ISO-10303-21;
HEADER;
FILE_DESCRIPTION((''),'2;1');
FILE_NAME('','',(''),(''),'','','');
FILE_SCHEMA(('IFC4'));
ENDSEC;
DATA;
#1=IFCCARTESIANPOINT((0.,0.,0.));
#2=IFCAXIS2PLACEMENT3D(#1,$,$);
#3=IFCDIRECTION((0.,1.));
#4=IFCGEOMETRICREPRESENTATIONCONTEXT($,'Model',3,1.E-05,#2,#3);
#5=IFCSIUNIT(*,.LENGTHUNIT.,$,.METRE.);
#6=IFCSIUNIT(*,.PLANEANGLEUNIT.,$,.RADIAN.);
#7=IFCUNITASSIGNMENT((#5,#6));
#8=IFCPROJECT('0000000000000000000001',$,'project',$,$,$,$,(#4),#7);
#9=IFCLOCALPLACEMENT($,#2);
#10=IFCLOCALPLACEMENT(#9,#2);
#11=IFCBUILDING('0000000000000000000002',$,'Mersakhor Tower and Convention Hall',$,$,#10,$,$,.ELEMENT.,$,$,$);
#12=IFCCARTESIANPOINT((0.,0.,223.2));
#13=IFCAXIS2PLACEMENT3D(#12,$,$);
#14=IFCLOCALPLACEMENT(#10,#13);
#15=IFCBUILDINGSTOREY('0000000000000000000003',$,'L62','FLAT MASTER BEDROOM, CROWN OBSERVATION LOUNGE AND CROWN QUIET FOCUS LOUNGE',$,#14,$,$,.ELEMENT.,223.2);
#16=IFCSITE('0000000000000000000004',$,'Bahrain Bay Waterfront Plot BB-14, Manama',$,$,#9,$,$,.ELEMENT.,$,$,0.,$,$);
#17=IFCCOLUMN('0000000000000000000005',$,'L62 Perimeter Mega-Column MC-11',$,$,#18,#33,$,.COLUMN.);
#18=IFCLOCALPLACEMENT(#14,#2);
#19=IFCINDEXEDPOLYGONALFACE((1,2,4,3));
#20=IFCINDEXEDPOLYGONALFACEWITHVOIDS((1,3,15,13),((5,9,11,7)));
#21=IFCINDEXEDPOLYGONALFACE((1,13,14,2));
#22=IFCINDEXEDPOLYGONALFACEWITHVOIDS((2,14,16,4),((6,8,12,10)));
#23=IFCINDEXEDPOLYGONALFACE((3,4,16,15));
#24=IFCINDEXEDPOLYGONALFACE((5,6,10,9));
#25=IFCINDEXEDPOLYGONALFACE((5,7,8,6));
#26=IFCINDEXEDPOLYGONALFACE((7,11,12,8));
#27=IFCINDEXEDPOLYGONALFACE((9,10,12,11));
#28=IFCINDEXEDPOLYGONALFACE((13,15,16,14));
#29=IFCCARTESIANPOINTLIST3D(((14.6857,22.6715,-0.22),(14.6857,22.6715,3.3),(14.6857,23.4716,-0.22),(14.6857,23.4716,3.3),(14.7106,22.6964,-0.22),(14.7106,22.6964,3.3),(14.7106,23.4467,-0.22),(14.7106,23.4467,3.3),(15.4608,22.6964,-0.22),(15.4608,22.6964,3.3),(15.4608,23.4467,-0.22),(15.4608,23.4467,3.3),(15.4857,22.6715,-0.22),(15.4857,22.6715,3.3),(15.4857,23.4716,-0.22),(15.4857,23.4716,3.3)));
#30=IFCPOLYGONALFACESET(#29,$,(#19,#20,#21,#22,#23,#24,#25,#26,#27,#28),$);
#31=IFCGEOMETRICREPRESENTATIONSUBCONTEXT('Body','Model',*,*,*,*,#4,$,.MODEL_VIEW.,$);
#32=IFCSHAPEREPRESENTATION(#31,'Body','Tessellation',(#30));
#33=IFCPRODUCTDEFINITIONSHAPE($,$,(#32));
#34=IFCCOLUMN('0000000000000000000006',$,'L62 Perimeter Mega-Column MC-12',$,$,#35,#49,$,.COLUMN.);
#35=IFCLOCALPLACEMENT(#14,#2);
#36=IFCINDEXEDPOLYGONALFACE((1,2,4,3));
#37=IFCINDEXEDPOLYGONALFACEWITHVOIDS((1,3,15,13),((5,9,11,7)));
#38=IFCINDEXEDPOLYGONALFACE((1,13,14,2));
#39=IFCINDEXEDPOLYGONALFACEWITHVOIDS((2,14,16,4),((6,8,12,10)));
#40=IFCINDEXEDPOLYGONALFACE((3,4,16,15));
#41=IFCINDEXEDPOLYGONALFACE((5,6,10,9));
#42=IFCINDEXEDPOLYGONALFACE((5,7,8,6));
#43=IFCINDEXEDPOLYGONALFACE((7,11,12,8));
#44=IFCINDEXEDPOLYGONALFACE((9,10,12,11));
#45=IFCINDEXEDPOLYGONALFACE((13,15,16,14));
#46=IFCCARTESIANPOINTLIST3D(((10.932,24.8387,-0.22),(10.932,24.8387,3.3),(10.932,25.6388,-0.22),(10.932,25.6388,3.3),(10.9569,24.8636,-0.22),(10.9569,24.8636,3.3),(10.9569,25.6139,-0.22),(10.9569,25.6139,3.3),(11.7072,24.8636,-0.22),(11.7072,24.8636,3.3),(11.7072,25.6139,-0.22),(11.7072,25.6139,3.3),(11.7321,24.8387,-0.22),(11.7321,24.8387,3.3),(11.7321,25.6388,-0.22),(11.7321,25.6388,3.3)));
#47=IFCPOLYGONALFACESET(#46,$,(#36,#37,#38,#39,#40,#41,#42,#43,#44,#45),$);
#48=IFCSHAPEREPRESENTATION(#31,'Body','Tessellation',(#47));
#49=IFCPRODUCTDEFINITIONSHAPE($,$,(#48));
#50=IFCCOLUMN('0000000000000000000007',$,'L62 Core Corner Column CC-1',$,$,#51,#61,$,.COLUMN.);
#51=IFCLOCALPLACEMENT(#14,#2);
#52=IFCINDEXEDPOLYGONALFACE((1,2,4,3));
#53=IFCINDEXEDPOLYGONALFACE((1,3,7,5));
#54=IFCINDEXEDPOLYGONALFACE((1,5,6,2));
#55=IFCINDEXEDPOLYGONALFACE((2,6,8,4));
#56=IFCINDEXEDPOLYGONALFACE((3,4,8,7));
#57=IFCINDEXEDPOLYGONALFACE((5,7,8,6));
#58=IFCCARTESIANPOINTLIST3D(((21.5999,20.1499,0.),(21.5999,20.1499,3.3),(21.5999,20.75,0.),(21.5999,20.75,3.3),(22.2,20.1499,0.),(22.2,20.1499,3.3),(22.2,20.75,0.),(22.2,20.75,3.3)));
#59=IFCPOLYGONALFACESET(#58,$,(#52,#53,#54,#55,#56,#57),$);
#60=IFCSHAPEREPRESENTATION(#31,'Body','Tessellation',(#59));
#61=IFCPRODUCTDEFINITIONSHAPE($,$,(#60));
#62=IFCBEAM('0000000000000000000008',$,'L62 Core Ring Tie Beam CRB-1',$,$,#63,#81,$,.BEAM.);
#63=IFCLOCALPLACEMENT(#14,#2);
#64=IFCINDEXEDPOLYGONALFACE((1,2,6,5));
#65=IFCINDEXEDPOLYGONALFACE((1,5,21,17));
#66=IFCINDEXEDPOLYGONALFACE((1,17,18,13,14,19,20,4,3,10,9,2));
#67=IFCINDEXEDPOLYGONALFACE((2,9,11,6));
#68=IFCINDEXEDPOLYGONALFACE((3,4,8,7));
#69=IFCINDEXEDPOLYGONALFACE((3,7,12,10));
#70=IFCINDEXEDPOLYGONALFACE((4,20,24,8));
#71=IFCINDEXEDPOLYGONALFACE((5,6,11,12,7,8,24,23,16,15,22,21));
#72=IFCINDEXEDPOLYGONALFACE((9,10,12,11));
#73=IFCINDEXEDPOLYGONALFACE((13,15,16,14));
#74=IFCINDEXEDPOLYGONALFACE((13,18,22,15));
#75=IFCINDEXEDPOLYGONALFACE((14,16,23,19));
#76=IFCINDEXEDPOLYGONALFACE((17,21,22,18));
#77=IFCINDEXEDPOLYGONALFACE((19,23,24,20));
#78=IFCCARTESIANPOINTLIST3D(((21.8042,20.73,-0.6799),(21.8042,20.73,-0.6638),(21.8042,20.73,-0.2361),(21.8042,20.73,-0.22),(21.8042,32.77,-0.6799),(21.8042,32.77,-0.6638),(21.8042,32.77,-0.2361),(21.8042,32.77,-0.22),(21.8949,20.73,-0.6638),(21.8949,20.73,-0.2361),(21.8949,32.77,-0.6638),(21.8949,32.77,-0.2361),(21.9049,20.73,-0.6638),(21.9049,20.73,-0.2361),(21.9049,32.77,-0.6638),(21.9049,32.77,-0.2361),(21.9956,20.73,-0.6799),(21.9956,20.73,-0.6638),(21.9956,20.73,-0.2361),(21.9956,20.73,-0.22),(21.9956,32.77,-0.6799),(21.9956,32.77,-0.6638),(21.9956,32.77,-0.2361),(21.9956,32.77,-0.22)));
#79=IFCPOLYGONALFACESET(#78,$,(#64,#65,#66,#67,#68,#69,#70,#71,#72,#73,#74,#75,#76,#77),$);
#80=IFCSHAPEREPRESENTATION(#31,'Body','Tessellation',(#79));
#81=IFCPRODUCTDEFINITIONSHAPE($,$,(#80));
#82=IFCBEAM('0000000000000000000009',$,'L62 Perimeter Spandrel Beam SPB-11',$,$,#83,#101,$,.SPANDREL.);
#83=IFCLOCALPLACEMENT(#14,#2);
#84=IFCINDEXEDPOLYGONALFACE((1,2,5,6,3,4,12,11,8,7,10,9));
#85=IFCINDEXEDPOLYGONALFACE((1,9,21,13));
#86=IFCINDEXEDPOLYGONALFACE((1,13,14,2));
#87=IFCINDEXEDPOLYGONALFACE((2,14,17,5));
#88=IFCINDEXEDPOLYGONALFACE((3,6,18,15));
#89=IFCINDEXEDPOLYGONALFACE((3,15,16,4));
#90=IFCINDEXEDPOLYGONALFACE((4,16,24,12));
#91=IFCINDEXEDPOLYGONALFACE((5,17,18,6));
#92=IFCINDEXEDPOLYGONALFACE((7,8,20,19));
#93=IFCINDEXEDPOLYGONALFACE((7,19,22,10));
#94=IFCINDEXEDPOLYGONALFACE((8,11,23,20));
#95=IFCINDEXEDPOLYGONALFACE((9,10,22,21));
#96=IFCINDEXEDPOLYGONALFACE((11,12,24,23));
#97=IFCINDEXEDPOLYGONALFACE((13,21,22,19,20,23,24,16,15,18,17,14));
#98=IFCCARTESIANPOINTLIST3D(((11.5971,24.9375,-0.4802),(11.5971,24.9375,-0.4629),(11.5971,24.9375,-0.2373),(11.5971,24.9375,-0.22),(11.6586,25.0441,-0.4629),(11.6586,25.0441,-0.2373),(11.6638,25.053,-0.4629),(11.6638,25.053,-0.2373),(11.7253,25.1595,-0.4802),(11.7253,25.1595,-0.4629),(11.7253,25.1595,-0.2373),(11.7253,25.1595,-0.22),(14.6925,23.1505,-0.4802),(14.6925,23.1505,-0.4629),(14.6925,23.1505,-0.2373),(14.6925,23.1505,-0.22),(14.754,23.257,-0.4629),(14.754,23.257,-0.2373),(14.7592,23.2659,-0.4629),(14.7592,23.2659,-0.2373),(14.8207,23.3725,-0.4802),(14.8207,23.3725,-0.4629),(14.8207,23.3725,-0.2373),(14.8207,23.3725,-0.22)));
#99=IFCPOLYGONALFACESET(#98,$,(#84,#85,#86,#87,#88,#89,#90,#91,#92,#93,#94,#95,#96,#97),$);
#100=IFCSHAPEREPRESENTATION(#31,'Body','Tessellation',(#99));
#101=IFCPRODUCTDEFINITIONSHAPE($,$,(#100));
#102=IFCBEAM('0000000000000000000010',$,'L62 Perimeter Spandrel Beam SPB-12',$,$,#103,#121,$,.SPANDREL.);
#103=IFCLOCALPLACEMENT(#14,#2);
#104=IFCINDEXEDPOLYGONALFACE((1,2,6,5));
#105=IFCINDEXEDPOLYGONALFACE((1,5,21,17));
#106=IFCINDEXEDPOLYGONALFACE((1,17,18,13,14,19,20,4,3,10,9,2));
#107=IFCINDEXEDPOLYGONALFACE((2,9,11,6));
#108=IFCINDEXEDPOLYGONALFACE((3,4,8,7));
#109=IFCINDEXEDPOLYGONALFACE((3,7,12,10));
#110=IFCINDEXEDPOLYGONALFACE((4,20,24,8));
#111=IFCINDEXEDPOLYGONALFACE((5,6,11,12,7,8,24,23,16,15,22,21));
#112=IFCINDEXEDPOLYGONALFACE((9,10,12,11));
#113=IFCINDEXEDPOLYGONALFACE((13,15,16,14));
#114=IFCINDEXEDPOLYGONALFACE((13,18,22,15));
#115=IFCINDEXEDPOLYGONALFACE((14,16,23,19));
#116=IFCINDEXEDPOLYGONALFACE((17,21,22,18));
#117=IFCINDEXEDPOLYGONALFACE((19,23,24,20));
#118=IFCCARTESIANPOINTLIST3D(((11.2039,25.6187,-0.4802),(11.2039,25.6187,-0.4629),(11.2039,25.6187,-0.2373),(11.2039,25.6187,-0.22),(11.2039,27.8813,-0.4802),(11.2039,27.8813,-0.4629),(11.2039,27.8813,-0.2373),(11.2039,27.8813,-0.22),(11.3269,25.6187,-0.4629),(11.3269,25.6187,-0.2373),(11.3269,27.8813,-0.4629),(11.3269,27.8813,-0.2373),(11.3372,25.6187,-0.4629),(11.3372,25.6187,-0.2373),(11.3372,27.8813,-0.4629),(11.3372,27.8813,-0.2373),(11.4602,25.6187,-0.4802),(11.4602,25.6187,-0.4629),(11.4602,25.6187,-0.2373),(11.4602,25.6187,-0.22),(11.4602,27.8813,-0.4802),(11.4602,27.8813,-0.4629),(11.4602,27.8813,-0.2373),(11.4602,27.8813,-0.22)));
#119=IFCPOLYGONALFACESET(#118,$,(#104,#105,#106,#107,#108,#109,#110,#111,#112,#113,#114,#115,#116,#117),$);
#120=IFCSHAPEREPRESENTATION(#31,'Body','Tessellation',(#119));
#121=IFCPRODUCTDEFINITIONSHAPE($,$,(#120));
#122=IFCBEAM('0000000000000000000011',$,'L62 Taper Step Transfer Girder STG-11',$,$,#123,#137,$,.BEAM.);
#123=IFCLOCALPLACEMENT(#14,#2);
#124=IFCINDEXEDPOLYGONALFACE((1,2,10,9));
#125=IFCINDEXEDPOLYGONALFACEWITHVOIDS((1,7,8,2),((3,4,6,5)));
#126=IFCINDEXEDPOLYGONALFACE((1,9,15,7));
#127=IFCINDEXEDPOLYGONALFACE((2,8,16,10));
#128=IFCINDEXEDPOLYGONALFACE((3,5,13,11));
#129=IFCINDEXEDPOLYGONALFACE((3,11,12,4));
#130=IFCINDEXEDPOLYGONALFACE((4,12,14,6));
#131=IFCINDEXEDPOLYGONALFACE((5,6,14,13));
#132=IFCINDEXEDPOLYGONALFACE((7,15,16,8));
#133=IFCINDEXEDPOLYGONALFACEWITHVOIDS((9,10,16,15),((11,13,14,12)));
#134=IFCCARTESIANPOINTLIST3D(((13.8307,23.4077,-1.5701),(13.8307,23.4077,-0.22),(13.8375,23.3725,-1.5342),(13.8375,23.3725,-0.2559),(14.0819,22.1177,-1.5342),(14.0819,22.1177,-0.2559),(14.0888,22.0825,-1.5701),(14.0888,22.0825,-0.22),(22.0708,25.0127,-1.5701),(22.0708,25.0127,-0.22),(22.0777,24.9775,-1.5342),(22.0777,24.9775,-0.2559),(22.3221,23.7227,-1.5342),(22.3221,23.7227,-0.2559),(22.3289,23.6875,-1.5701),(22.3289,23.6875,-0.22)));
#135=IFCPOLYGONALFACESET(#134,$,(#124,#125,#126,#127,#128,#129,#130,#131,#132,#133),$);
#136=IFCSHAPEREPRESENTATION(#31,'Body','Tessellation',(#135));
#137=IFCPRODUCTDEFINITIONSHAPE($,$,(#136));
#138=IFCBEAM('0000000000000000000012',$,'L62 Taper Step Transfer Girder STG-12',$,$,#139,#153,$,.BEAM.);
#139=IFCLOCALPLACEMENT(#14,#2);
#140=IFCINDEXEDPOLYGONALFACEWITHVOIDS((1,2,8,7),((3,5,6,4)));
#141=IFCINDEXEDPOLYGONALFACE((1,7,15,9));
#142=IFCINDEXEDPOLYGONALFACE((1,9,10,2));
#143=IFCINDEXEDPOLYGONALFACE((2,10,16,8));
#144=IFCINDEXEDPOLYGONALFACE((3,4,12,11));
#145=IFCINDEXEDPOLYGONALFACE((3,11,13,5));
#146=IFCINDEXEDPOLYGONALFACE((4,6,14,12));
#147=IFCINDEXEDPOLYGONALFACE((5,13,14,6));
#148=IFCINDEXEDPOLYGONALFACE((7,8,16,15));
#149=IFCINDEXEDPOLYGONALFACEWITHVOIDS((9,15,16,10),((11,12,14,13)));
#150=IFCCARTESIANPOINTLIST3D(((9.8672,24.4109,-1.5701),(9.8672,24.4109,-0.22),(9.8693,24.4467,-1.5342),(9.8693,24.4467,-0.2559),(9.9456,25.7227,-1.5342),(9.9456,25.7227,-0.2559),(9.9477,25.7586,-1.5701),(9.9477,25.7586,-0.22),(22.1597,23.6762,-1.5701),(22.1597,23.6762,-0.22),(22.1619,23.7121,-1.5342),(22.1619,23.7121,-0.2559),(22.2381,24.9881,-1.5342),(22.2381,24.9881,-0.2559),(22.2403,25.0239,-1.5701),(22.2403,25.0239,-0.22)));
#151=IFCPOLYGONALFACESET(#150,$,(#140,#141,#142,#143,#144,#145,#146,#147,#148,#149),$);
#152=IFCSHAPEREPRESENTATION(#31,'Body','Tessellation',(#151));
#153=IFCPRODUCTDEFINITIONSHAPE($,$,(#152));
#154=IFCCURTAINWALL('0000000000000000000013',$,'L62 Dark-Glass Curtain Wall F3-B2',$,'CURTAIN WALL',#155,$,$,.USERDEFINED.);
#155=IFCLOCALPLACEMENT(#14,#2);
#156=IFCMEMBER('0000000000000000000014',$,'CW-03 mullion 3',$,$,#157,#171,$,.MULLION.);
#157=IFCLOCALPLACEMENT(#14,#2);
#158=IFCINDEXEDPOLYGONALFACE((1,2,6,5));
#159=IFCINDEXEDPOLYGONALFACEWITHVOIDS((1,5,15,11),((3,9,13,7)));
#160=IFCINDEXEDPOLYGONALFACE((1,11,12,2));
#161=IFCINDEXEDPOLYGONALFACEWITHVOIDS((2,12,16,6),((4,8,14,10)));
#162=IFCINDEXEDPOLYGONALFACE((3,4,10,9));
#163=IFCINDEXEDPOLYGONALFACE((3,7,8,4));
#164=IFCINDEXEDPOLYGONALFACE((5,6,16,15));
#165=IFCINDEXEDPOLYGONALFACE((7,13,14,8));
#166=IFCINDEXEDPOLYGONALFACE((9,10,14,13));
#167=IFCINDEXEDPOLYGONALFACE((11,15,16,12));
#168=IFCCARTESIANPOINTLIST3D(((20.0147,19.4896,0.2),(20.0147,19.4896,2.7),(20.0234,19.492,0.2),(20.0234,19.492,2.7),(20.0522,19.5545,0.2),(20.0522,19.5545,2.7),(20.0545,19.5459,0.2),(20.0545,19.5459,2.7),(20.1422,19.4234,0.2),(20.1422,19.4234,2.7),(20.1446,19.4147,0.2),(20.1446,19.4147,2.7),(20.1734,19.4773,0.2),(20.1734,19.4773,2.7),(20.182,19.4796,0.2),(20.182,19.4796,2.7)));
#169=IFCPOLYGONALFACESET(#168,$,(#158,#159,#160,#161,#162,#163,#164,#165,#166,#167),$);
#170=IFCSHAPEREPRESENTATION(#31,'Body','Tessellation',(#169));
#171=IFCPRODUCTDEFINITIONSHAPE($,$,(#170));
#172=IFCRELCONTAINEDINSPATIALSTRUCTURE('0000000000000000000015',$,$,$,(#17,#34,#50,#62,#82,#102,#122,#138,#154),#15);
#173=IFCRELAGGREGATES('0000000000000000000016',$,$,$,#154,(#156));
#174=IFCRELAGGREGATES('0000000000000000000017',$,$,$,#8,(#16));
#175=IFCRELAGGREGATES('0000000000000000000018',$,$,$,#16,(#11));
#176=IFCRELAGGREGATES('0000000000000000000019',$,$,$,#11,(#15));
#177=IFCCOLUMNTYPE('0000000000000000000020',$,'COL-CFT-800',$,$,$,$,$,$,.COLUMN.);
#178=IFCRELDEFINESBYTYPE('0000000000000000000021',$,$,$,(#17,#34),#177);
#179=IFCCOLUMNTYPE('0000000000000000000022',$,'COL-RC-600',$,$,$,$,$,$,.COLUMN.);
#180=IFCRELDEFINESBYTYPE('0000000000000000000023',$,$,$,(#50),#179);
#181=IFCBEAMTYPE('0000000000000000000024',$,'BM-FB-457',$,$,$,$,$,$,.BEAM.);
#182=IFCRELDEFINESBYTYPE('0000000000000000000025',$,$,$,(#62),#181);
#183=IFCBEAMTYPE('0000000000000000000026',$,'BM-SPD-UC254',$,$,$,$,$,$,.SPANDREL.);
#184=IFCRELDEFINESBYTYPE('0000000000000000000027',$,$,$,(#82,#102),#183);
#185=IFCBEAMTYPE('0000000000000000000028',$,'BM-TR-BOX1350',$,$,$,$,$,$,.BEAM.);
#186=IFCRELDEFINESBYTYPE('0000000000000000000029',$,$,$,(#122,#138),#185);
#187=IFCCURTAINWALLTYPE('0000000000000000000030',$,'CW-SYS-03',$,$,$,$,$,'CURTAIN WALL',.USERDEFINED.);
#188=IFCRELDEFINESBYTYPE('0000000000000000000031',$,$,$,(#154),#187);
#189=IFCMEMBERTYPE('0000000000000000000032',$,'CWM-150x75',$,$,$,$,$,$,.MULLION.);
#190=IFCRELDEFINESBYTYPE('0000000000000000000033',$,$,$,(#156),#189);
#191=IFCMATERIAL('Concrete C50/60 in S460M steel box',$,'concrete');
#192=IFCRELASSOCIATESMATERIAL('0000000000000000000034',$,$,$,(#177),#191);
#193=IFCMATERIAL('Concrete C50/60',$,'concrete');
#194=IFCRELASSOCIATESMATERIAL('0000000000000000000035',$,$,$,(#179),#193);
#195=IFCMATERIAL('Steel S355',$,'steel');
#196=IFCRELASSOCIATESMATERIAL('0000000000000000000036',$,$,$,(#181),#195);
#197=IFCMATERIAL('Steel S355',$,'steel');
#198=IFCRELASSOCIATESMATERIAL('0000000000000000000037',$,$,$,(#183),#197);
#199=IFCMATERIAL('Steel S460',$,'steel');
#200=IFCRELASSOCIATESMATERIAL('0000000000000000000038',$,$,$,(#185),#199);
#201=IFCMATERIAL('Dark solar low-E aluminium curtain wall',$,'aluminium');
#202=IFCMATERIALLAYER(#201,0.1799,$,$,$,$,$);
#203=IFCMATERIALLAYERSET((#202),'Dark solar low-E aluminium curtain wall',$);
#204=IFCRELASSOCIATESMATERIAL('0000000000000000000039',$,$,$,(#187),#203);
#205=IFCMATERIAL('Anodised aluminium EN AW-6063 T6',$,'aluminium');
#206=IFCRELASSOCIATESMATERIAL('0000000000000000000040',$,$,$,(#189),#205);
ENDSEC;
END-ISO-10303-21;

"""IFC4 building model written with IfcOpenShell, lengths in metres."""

from ifc_helpers import new_model, si_unit, direction, frame, origin, origin_2d, place, context, subcontext, project, spatial, rectangle, hollow_rectangle, i_section, extrude, material, layer, layer_set, material_profile, profile_set, type_object, element, aggregate, save


model = new_model("IFC4")

# Units and contexts
model_context = context("Model", 3, precision=1e-05, world=origin(), true_north=direction((0.0, 1.0)))
body_context = subcontext(model_context, "Body", "Model", "MODEL_VIEW")
ifc_project = project(units=[si_unit("LENGTHUNIT", "METRE"), si_unit("PLANEANGLEUNIT", "RADIAN")], contexts=[model_context])

# Site, building, storey
site_placement = place(None, origin())
site = spatial("IfcSite", under=ifc_project, at=site_placement, Name="Bahrain Bay Waterfront Plot BB-14, Manama", CompositionType="ELEMENT", RefElevation=0.0)
building_placement = place(site_placement, origin())
building = spatial("IfcBuilding", under=site, at=building_placement, Name="Mersakhor Tower and Convention Hall", CompositionType="ELEMENT")
storey_placement = place(building_placement, frame((0.0, 0.0, 223.2)))
storey = spatial("IfcBuildingStorey", under=building, at=storey_placement, Name="L62", Description="FLAT MASTER BEDROOM, CROWN OBSERVATION LOUNGE AND CROWN QUIET FOCUS LOUNGE", CompositionType="ELEMENT", Elevation=223.2)

# Columns
ifc_material_1 = material(Name="Concrete C50/60 in S460M steel box", Category="concrete")
ifc_material_profile_1 = material_profile(ifc_material_1, hollow_rectangle(XDim=0.8, YDim=0.8, WallThickness=0.0249, at=origin_2d()), Name="SHS 800x800x25")
ifc_profile_set_1 = profile_set([ifc_material_profile_1], Name="Concrete C50/60 in S460M steel box")
column_type_1 = type_object("IfcColumnType", Name="COL-CFT-800", PredefinedType="COLUMN", material=ifc_profile_set_1)
for number, where, z_axis, x_axis, name in (
    (1, (15.0857, 23.0715, -0.22), (0.0, 0.0, 1.0), (1.0, 0.0, 0.0), "L62 Perimeter Mega-Column MC-11"),
    (2, (11.332, 25.2388, -0.22), (0.0, 0.0, 1.0), (1.0, 0.0, 0.0), "L62 Perimeter Mega-Column MC-12"),
):
    element("IfcColumn", number, at=place(storey_placement, frame(where, z_axis=z_axis, x_axis=x_axis)), inside=storey, type_object=column_type_1, Name=name, PredefinedType="COLUMN", context=body_context, shape_type="SweptSolid", body=[
        extrude(hollow_rectangle(XDim=0.8, YDim=0.8, WallThickness=0.0249, at=origin_2d()), origin(), (0.0, 0.0, 1.0), 3.52),
    ])
ifc_material_2 = material(Name="Concrete C50/60", Category="concrete")
ifc_material_profile_2 = material_profile(ifc_material_2, rectangle(XDim=0.6001, YDim=0.6001, at=origin_2d()), Name="RC 600x600")
ifc_profile_set_2 = profile_set([ifc_material_profile_2], Name="Concrete C50/60")
column_type_2 = type_object("IfcColumnType", Name="COL-RC-600", PredefinedType="COLUMN", material=ifc_profile_set_2)
column_placement = place(storey_placement, frame((21.8999, 20.45, 0.0), z_axis=(0.0, 0.0, 1.0), x_axis=(1.0, 0.0, 0.0)))
element("IfcColumn", 3, at=column_placement, inside=storey, type_object=column_type_2, Name="L62 Core Corner Column CC-1", PredefinedType="COLUMN", context=body_context, shape_type="SweptSolid", body=[
    extrude(rectangle(XDim=0.6001, YDim=0.6001, at=origin_2d()), origin(), (0.0, 0.0, 1.0), 3.3),
])

# Beams
ifc_material_3 = material(Name="Steel S355", Category="steel")
ifc_material_profile_3 = material_profile(ifc_material_3, i_section(OverallWidth=0.1914, OverallDepth=0.46, WebThickness=0.01, FlangeThickness=0.0161, at=origin_2d()), Name="UB 457x191x82")
ifc_profile_set_3 = profile_set([ifc_material_profile_3], Name="Steel S355")
beam_type_1 = type_object("IfcBeamType", Name="BM-FB-457", PredefinedType="BEAM", material=ifc_profile_set_3)
beam_1_placement = place(storey_placement, frame((21.8999, 20.73, -0.45), z_axis=(0.0, 1.0, 0.0), x_axis=(-1.0, 0.0, 0.0)))
element("IfcBeam", 4, at=beam_1_placement, inside=storey, type_object=beam_type_1, Name="L62 Core Ring Tie Beam CRB-1", PredefinedType="BEAM", context=body_context, shape_type="SweptSolid", body=[
    extrude(i_section(OverallWidth=0.1914, OverallDepth=0.46, WebThickness=0.01, FlangeThickness=0.0161, at=origin_2d()), origin(), (0.0, 0.0, 1.0), 12.04),
])
ifc_material_4 = material(Name="Steel S355", Category="steel")
ifc_material_profile_4 = material_profile(ifc_material_4, i_section(OverallWidth=0.2563, OverallDepth=0.2603, WebThickness=0.0103, FlangeThickness=0.0173, at=origin_2d()), Name="UC 254x254x89")
ifc_profile_set_4 = profile_set([ifc_material_profile_4], Name="Steel S355")
beam_type_2 = type_object("IfcBeamType", Name="BM-SPD-UC254", PredefinedType="SPANDREL", material=ifc_profile_set_4)
beam_2_placement = place(storey_placement, frame((14.7566, 23.2615, -0.3501), z_axis=(-0.866032, 0.499989, 0.0), x_axis=(-0.499989, -0.866032, 0.0)))
element("IfcBeam", 5, at=beam_2_placement, inside=storey, type_object=beam_type_2, Name="L62 Perimeter Spandrel Beam SPB-11", PredefinedType="SPANDREL", context=body_context, shape_type="SweptSolid", body=[
    extrude(i_section(OverallWidth=0.2563, OverallDepth=0.2603, WebThickness=0.0103, FlangeThickness=0.0173, at=origin_2d()), origin(), (0.0, 0.0, 1.0), 3.5742),
])
beam_3_placement = place(storey_placement, frame((11.332, 25.6187, -0.3501), z_axis=(0.0, 1.0, 0.0), x_axis=(-1.0, 0.0, 0.0)))
element("IfcBeam", 6, at=beam_3_placement, inside=storey, type_object=beam_type_2, Name="L62 Perimeter Spandrel Beam SPB-12", PredefinedType="SPANDREL", context=body_context, shape_type="SweptSolid", body=[
    extrude(i_section(OverallWidth=0.2563, OverallDepth=0.2603, WebThickness=0.0103, FlangeThickness=0.0173, at=origin_2d()), origin(), (0.0, 0.0, 1.0), 2.2627),
])
ifc_material_5 = material(Name="Steel S460", Category="steel")
ifc_material_profile_5 = material_profile(ifc_material_5, hollow_rectangle(XDim=1.3501, YDim=1.3501, WallThickness=0.0359, at=origin_2d()), Name="SHS 1350x1350x36")
ifc_profile_set_5 = profile_set([ifc_material_profile_5], Name="Steel S460")
beam_type_3 = type_object("IfcBeamType", Name="BM-TR-BOX1350", PredefinedType="BEAM", material=ifc_profile_set_5)
beam_4_placement = place(storey_placement, frame((13.9597, 22.7451, -0.895), z_axis=(0.981555, 0.191181, 0.0), x_axis=(-0.191181, 0.981555, 0.0)))
element("IfcBeam", 7, at=beam_4_placement, inside=storey, type_object=beam_type_3, Name="L62 Taper Step Transfer Girder STG-11", PredefinedType="BEAM", context=body_context, shape_type="SweptSolid", body=[
    extrude(hollow_rectangle(XDim=1.3501, YDim=1.3501, WallThickness=0.0359, at=origin_2d()), origin(), (0.0, 0.0, 1.0), 8.395),
])
beam_5_placement = place(storey_placement, frame((9.9075, 25.0847, -0.895), z_axis=(0.998219, -0.059655, 0.0), x_axis=(0.059655, 0.998219, 0.0)))
element("IfcBeam", 8, at=beam_5_placement, inside=storey, type_object=beam_type_3, Name="L62 Taper Step Transfer Girder STG-12", PredefinedType="BEAM", context=body_context, shape_type="SweptSolid", body=[
    extrude(hollow_rectangle(XDim=1.3501, YDim=1.3501, WallThickness=0.0359, at=origin_2d()), origin(), (0.0, 0.0, 1.0), 12.3145),
])

# Curtain wall, member
ifc_material_6 = material(Name="Dark solar low-E aluminium curtain wall", Category="aluminium")
ifc_layer_1 = layer(ifc_material_6, 0.1799)
ifc_layer_set_1 = layer_set([ifc_layer_1], Name="Dark solar low-E aluminium curtain wall")
curtain_wall_type = type_object("IfcCurtainWallType", Name="CW-SYS-03", ElementType="CURTAIN WALL", PredefinedType="USERDEFINED", material=ifc_layer_set_1)
curtain_wall_placement = place(storey_placement, origin())
curtain_wall = element("IfcCurtainWall", 9, at=curtain_wall_placement, inside=storey, type_object=curtain_wall_type, Name="L62 Dark-Glass Curtain Wall F3-B2", ObjectType="CURTAIN WALL", PredefinedType="USERDEFINED")
ifc_material_7 = material(Name="Anodised aluminium EN AW-6063 T6", Category="aluminium")
ifc_material_profile_6 = material_profile(ifc_material_7, hollow_rectangle(XDim=0.075, YDim=0.1499, WallThickness=0.0063, at=origin_2d()), Name="RHS 150x75x6.3")
ifc_profile_set_6 = profile_set([ifc_material_profile_6], Name="Anodised aluminium EN AW-6063 T6")
member_type_1 = type_object("IfcMemberType", Name="CWM-150x75", PredefinedType="MULLION", material=ifc_profile_set_6)
member_1_placement = place(storey_placement, frame((20.0984, 19.4846, 0.2), z_axis=(0.0, 0.0, 1.0), x_axis=(-0.500004, -0.866023, 0.0)))
member_1 = element("IfcMember", 10, at=member_1_placement, type_object=member_type_1, Name="CW-03 mullion 3", PredefinedType="MULLION", context=body_context, shape_type="SweptSolid", body=[
    extrude(hollow_rectangle(XDim=0.075, YDim=0.1499, WallThickness=0.0063, at=origin_2d()), origin(), (0.0, 0.0, 1.0), 2.5),
])

aggregate(curtain_wall, [member_1])

save(model, "model.ifc")
